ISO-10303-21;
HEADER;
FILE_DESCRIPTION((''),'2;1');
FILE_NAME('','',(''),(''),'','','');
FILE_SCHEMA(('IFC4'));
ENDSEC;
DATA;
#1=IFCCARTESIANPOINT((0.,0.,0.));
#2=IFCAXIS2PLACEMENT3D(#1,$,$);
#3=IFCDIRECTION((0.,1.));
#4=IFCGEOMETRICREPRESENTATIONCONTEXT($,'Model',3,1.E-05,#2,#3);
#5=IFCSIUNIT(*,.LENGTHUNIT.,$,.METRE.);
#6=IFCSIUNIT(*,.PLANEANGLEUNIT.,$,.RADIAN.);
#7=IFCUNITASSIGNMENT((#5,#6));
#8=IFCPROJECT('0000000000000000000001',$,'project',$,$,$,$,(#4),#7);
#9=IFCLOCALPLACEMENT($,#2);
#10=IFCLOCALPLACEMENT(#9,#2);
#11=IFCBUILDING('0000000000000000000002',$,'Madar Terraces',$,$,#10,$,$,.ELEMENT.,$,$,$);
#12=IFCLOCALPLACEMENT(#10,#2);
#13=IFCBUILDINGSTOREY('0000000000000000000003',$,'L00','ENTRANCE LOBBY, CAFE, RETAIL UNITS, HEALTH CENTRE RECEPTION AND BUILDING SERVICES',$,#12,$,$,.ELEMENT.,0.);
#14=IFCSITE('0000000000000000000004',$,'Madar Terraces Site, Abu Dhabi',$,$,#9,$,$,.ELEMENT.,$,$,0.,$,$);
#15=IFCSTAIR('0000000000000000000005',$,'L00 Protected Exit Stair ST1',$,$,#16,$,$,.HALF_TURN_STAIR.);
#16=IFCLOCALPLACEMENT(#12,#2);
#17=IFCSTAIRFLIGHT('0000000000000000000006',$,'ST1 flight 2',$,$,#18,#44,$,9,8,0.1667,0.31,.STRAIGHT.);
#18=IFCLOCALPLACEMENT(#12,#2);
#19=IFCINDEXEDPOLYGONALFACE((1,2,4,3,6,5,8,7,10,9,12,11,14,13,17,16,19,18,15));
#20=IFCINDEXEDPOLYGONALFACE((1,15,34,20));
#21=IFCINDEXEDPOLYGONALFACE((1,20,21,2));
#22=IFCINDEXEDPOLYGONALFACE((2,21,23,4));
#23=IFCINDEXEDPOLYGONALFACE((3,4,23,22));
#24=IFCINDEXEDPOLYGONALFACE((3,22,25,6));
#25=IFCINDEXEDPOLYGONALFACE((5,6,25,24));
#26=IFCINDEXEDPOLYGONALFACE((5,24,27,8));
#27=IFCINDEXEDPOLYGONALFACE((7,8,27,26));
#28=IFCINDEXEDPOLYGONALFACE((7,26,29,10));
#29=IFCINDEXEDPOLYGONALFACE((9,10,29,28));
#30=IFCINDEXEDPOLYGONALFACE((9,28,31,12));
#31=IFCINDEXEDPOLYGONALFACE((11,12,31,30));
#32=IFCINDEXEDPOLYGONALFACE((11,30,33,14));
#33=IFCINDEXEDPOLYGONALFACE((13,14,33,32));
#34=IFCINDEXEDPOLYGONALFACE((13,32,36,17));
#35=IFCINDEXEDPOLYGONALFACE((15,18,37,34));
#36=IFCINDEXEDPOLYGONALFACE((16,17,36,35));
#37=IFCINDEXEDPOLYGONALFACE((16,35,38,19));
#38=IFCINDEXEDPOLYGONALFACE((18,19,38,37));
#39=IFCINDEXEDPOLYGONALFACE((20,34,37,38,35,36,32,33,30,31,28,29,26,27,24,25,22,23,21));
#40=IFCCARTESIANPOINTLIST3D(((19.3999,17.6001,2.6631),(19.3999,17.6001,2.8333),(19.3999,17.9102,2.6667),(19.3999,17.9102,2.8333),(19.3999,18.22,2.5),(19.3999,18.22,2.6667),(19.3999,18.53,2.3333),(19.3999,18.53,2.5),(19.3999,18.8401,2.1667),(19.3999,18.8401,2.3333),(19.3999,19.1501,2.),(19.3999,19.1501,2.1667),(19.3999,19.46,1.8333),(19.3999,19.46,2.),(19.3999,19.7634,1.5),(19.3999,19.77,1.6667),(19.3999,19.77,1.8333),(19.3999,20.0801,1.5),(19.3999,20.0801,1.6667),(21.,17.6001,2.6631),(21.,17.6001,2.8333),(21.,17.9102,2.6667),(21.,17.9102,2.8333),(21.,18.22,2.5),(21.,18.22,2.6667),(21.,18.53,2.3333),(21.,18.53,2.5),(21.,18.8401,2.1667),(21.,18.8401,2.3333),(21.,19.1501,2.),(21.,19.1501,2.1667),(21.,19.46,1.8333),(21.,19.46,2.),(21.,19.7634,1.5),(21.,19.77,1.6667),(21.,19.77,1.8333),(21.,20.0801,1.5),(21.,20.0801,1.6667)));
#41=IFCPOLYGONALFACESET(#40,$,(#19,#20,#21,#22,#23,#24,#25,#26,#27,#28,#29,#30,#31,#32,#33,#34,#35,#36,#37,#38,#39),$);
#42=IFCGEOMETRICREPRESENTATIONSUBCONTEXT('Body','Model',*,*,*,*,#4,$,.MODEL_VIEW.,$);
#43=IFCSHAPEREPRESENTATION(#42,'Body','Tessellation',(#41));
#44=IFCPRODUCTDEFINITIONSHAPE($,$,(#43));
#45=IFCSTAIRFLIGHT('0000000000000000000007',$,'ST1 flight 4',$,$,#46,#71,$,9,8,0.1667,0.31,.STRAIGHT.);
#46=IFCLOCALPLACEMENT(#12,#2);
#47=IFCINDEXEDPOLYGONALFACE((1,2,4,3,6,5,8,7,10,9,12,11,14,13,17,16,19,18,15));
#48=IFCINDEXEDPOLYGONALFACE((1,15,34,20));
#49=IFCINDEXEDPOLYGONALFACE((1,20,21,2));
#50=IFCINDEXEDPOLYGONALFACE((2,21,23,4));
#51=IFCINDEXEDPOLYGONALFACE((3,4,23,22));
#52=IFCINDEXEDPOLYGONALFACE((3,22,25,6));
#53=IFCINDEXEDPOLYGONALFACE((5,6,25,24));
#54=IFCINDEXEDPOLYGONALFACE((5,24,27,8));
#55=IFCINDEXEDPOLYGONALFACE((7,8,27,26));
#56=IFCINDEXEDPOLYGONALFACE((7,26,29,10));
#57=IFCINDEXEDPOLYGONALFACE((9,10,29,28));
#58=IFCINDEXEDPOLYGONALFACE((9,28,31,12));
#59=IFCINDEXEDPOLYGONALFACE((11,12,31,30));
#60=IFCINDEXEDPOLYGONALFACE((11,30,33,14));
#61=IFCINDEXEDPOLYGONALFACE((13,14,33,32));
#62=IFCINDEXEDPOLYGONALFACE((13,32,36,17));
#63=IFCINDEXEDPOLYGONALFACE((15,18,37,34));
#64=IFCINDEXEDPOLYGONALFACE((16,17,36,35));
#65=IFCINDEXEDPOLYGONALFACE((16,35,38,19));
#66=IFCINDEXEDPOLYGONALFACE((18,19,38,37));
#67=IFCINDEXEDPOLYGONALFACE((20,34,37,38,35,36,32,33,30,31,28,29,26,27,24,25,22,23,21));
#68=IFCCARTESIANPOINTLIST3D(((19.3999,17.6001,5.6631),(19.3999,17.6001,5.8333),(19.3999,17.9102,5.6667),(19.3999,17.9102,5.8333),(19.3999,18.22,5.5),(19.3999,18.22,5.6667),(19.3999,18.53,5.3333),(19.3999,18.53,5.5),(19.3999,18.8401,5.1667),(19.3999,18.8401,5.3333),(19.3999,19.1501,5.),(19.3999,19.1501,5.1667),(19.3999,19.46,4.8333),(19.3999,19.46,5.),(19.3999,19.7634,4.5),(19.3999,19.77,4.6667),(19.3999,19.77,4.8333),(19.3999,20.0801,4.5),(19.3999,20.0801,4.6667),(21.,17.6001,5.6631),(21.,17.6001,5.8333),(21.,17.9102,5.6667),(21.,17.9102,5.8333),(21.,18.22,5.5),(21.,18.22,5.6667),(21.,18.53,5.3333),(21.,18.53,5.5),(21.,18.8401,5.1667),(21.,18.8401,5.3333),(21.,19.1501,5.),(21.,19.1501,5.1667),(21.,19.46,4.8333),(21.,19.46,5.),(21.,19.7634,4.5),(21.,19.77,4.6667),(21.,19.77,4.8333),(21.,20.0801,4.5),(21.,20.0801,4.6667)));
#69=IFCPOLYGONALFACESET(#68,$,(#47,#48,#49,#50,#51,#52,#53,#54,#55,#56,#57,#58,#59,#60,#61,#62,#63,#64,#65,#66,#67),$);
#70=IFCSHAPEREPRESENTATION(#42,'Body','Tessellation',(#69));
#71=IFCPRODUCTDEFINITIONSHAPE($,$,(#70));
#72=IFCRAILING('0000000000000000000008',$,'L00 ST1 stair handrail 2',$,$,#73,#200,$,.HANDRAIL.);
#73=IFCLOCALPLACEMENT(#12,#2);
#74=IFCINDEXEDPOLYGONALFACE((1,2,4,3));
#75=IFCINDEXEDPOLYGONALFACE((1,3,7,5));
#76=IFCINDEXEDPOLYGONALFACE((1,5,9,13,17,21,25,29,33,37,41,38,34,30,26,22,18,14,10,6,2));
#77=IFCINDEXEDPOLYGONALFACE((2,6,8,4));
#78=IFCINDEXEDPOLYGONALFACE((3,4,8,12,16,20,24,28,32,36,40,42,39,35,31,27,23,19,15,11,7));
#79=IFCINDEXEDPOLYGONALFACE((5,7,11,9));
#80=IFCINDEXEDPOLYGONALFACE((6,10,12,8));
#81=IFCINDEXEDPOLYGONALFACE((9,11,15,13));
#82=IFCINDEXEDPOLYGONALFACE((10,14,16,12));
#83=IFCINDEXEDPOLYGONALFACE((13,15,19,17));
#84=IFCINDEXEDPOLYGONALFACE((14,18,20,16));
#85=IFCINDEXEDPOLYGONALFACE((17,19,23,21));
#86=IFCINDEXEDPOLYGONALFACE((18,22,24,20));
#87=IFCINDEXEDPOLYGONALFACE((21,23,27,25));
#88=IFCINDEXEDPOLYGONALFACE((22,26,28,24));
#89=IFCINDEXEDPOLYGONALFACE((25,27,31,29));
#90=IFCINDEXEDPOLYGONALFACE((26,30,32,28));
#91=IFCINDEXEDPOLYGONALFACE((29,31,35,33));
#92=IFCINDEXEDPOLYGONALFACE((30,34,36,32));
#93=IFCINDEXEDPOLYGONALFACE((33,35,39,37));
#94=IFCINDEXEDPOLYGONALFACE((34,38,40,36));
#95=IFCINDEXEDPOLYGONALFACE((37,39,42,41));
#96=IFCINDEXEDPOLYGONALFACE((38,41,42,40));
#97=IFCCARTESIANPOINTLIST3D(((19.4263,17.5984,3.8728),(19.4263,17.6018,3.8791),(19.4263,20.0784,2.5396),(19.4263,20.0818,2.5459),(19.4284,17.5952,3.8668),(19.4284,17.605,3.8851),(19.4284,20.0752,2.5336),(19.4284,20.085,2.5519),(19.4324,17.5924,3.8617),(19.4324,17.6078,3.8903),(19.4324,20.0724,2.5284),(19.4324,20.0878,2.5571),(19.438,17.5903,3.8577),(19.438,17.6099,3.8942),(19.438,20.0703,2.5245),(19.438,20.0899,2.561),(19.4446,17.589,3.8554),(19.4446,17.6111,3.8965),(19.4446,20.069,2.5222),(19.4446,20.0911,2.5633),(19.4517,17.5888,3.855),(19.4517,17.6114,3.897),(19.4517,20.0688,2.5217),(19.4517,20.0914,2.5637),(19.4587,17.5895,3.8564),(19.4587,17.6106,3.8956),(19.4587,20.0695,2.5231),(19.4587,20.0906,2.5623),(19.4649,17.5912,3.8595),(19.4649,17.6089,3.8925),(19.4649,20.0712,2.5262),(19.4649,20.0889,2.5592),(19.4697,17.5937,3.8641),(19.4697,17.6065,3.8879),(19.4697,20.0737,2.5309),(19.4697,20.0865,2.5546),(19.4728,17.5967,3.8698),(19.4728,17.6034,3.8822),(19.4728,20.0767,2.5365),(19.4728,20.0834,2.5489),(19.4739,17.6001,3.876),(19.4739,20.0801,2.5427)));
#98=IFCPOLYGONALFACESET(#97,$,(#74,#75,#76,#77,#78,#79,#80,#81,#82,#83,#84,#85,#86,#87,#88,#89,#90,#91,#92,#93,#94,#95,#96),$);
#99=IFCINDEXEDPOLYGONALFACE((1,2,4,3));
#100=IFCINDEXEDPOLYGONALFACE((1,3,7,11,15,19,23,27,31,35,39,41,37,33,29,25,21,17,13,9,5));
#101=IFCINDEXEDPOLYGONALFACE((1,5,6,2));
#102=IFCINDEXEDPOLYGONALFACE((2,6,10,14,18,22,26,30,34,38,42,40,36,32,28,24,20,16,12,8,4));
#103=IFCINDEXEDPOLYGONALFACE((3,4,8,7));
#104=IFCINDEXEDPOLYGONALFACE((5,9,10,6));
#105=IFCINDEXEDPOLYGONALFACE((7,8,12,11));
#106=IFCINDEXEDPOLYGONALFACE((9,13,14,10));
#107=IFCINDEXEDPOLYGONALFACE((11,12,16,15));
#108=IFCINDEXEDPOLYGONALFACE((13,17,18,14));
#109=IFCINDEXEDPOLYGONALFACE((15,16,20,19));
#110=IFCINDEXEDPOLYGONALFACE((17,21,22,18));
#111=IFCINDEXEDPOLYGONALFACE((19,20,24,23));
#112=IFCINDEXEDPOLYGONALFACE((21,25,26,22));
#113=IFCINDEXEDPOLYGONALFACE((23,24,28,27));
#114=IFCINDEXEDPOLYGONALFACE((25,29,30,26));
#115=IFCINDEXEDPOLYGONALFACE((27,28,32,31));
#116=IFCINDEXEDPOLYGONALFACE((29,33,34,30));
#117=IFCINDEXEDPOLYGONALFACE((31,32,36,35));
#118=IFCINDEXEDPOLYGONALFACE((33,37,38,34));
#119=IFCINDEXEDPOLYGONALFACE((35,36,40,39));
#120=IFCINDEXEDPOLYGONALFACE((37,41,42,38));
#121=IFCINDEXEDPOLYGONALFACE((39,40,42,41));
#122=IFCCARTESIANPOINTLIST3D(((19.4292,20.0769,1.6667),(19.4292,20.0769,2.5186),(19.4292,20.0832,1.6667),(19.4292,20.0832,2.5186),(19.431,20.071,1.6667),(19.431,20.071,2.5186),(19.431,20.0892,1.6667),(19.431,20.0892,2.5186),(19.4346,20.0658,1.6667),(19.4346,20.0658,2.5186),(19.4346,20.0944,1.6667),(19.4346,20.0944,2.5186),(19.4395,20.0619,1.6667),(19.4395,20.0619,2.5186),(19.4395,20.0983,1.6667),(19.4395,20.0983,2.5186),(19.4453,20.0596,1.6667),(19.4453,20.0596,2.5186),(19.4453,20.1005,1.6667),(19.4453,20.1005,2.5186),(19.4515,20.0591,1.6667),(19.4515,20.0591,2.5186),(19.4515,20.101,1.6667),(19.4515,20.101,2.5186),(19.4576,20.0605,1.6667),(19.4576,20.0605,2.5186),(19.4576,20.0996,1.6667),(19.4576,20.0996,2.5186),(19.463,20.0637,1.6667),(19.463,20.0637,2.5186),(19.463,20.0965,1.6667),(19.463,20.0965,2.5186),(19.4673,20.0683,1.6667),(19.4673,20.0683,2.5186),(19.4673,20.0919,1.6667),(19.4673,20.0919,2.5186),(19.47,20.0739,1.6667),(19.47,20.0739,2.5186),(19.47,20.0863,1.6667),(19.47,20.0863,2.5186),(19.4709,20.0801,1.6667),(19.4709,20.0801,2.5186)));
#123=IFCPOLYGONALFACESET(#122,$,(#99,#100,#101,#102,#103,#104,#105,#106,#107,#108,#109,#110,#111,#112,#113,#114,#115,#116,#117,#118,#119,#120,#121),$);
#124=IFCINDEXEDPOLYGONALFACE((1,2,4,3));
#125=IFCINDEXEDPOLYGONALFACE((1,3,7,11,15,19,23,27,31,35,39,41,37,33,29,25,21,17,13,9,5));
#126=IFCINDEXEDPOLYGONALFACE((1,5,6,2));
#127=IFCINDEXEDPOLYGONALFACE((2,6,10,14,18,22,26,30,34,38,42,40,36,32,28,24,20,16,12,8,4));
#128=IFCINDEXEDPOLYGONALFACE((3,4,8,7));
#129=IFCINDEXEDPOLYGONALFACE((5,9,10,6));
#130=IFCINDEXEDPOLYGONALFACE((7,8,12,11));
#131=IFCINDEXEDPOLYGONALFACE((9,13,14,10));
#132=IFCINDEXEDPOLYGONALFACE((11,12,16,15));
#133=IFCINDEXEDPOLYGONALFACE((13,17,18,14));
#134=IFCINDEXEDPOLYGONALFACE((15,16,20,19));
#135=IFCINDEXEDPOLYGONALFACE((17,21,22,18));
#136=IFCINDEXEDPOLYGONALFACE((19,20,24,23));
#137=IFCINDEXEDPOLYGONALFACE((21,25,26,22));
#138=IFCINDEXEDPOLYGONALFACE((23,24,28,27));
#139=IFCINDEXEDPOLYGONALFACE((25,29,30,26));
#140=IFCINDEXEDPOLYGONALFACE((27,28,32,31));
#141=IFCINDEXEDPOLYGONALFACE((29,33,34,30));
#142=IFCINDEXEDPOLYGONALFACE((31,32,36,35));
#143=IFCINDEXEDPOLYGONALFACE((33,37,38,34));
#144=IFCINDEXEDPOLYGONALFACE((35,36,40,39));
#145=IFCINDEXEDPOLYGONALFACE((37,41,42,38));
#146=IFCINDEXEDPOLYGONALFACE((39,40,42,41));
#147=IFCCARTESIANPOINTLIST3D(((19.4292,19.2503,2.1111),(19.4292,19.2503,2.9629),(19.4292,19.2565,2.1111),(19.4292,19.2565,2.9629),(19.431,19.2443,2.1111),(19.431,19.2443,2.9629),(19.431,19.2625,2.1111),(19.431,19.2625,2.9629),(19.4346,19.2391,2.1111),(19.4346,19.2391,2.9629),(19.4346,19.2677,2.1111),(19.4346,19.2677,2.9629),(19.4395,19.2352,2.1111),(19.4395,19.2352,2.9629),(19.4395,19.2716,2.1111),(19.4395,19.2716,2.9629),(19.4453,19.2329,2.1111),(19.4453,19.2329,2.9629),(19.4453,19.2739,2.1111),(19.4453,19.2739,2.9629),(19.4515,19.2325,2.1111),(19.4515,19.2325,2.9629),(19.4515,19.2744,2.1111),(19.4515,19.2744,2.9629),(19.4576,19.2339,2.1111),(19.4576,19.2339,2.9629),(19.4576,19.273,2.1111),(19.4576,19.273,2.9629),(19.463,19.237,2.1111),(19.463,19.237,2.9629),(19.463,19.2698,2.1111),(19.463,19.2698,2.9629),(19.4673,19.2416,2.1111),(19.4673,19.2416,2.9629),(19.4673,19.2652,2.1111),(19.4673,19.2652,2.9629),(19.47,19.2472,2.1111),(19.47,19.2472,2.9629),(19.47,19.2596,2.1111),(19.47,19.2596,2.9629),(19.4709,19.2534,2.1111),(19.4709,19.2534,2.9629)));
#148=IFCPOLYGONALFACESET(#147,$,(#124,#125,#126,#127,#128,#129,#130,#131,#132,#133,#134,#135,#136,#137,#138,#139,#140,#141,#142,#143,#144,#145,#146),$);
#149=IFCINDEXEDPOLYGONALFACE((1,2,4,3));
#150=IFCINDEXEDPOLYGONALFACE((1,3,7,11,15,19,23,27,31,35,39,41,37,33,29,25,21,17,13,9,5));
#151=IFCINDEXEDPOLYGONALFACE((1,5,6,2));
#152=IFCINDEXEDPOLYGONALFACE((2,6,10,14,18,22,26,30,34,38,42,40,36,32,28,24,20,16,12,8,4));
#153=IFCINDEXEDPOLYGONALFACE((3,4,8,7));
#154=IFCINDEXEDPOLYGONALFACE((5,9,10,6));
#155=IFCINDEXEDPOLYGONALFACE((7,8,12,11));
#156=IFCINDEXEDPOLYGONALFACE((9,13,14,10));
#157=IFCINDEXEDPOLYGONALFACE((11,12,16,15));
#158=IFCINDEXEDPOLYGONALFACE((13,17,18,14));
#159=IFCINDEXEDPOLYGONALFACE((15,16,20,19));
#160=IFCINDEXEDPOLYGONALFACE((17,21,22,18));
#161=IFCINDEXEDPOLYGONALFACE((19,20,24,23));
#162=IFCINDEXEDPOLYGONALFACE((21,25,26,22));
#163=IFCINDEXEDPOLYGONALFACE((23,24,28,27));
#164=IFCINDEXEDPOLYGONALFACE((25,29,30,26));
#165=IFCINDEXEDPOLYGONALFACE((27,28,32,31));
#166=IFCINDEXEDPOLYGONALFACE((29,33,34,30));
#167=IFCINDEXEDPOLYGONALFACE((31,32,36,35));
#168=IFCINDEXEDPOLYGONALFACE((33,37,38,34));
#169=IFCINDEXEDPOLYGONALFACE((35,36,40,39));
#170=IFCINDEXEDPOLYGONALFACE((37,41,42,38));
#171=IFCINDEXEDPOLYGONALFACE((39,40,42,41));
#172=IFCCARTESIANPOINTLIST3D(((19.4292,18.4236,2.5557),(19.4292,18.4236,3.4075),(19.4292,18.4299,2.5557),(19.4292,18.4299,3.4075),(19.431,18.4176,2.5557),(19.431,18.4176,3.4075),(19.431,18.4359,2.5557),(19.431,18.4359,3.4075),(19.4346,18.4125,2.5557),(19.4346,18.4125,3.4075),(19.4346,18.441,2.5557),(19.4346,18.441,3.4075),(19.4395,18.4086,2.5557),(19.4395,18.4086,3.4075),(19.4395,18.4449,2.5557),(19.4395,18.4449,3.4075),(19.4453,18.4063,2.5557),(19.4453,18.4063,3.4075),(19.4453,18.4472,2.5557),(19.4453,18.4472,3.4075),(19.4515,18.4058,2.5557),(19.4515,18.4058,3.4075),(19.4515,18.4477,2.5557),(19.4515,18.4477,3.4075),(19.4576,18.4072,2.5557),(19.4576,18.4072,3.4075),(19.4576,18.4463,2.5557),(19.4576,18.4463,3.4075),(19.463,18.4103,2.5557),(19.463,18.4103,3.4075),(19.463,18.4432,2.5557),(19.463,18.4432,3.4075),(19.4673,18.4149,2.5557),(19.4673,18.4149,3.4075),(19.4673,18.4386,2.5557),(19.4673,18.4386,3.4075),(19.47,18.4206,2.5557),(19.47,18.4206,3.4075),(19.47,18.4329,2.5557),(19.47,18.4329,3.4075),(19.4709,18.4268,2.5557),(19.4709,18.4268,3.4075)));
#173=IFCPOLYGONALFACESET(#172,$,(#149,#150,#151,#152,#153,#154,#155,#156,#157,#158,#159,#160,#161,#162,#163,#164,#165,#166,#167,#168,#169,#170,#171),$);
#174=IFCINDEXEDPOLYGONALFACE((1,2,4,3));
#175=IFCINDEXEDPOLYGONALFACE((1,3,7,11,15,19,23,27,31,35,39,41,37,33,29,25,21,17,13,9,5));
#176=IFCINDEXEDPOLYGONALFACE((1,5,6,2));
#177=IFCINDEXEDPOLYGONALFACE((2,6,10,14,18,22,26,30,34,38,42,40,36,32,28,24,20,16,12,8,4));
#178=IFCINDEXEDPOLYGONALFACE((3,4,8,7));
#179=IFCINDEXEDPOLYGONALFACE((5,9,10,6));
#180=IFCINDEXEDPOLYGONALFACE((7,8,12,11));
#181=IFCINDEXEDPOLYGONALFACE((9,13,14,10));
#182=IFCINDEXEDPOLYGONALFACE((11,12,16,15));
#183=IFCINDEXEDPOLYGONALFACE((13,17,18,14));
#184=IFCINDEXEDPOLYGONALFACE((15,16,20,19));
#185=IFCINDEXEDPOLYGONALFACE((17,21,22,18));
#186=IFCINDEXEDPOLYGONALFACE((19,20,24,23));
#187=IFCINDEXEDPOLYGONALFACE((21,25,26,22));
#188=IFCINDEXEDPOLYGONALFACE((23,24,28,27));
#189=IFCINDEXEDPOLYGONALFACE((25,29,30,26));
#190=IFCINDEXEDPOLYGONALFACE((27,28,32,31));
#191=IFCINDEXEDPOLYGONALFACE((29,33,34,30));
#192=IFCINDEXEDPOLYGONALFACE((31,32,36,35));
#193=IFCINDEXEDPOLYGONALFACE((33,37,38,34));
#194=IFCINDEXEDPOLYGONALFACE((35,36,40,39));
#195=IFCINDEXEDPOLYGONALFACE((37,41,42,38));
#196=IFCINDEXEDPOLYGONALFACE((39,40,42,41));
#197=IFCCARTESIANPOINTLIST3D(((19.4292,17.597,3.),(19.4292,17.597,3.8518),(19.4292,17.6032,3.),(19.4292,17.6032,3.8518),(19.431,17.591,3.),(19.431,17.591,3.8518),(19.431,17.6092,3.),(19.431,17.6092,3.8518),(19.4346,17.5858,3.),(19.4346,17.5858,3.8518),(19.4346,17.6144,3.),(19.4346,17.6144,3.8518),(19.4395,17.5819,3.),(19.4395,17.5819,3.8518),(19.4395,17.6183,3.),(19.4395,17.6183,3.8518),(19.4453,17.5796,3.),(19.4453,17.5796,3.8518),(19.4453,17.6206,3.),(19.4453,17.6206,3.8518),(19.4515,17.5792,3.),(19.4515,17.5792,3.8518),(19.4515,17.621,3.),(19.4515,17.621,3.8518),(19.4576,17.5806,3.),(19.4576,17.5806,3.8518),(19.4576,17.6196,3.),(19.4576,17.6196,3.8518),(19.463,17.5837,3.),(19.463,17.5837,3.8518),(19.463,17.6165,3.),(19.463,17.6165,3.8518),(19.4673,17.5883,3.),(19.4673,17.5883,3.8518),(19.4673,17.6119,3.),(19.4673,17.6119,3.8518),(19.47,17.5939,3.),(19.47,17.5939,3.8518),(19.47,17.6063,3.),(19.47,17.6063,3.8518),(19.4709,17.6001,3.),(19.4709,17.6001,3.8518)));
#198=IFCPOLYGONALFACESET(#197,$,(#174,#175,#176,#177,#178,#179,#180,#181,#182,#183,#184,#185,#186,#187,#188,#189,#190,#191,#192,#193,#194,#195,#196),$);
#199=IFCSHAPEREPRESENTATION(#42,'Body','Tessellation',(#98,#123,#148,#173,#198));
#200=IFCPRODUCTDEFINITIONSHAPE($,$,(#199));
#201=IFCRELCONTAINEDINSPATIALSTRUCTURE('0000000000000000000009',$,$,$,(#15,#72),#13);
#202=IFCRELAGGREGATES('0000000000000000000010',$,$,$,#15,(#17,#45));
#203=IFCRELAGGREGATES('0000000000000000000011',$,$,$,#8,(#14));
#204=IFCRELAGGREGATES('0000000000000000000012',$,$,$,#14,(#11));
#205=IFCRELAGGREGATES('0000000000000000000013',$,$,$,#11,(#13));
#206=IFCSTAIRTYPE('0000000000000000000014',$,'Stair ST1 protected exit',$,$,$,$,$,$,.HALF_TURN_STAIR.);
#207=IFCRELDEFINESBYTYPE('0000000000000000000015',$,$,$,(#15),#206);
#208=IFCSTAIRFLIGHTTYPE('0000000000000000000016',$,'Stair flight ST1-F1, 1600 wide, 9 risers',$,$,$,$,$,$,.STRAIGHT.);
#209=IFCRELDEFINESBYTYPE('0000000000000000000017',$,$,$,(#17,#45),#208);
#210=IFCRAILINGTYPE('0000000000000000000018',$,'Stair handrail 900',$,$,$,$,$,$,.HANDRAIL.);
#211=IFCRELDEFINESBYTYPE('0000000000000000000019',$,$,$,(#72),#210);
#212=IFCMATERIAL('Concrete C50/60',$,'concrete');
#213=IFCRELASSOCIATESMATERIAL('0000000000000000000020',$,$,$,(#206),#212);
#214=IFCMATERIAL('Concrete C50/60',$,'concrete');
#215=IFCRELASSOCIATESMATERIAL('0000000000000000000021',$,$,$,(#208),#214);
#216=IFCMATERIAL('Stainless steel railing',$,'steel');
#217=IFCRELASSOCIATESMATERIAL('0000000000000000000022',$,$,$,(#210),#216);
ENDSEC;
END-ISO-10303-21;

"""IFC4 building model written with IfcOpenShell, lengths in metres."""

from ifc_helpers import new_model, si_unit, direction, frame, origin, origin_2d, place, context, subcontext, project, spatial, polyline, circle, outline, extrude, material, type_object, element, aggregate, save


model = new_model("IFC4")

# Units and contexts
model_context = context("Model", 3, precision=1e-05, world=origin(), true_north=direction((0.0, 1.0)))
body_context = subcontext(model_context, "Body", "Model", "MODEL_VIEW")
ifc_project = project(units=[si_unit("LENGTHUNIT", "METRE"), si_unit("PLANEANGLEUNIT", "RADIAN")], contexts=[model_context])

# Site, building, storey
site_placement = place(None, origin())
site = spatial("IfcSite", under=ifc_project, at=site_placement, Name="Madar Terraces Site, Abu Dhabi", CompositionType="ELEMENT", RefElevation=0.0)
building_placement = place(site_placement, origin())
building = spatial("IfcBuilding", under=site, at=building_placement, Name="Madar Terraces", CompositionType="ELEMENT")
storey_placement = place(building_placement, origin())
storey = spatial("IfcBuildingStorey", under=building, at=storey_placement, Name="L00", Description="ENTRANCE LOBBY, CAFE, RETAIL UNITS, HEALTH CENTRE RECEPTION AND BUILDING SERVICES", CompositionType="ELEMENT", Elevation=0.0)

# Stair, stair flights
ifc_material_1 = material(Name="Concrete C50/60", Category="concrete")
stair_type = type_object("IfcStairType", Name="Stair ST1 protected exit", PredefinedType="HALF_TURN_STAIR", material=ifc_material_1)
stair_placement = place(storey_placement, origin())
stair = element("IfcStair", 1, at=stair_placement, inside=storey, type_object=stair_type, Name="L00 Protected Exit Stair ST1", PredefinedType="HALF_TURN_STAIR")
ifc_material_2 = material(Name="Concrete C50/60", Category="concrete")
stair_flight_type = type_object("IfcStairFlightType", Name="Stair flight ST1-F1, 1600 wide, 9 risers", PredefinedType="STRAIGHT", material=ifc_material_2)
stair_flight_1_placement = place(storey_placement, frame((20.2, 20.0801, 1.5), z_axis=(0.0, 0.0, 1.0), x_axis=(0.0, -1.0, 0.0)))
stair_flight_1 = element("IfcStairFlight", 2, at=stair_flight_1_placement, type_object=stair_flight_type, Name="ST1 flight 2", NumberOfRisers=9, NumberOfTreads=8, PredefinedType="STRAIGHT", RiserHeight=0.1667, TreadLength=0.31, context=body_context, shape_type="SweptSolid", body=[
    extrude(outline(polyline([(0.0, 0.0), (0.0, 0.1667), (0.3101, 0.1667), (0.3101, 0.3333), (0.6201, 0.3333), (0.6201, 0.5), (0.9299, 0.5), (0.9299, 0.6667), (1.24, 0.6667), (1.24, 0.8333), (1.55, 0.8333), (1.55, 1.0), (1.8601, 1.0), (1.8601, 1.1667), (2.1699, 1.1667), (2.1699, 1.3333), (2.48, 1.3333), (2.48, 1.5), (2.48, 1.1631), (0.3167, 0.0), (0.0, 0.0)])), frame((0.0, 0.8, 0.0), z_axis=(0.0, -1.0, 0.0), x_axis=(1.0, 0.0, 0.0)), (0.0, 0.0, 1.0), 1.6001),
])
stair_flight_2_placement = place(storey_placement, frame((20.2, 20.0801, 4.5), z_axis=(0.0, 0.0, 1.0), x_axis=(0.0, -1.0, 0.0)))
stair_flight_2 = element("IfcStairFlight", 3, at=stair_flight_2_placement, type_object=stair_flight_type, Name="ST1 flight 4", NumberOfRisers=9, NumberOfTreads=8, PredefinedType="STRAIGHT", RiserHeight=0.1667, TreadLength=0.31, context=body_context, shape_type="SweptSolid", body=[
    extrude(outline(polyline([(0.0, 0.0), (0.0, 0.1667), (0.3101, 0.1667), (0.3101, 0.3333), (0.6201, 0.3333), (0.6201, 0.5), (0.9299, 0.5), (0.9299, 0.6667), (1.24, 0.6667), (1.24, 0.8333), (1.55, 0.8333), (1.55, 1.0), (1.8601, 1.0), (1.8601, 1.1667), (2.1699, 1.1667), (2.1699, 1.3333), (2.48, 1.3333), (2.48, 1.5), (2.48, 1.1631), (0.3167, 0.0), (0.0, 0.0)])), frame((0.0, 0.8, 0.0), z_axis=(0.0, -1.0, 0.0), x_axis=(1.0, 0.0, 0.0)), (0.0, 0.0, 1.0), 1.6001),
])
aggregate(stair, [stair_flight_1, stair_flight_2])

# Railing
ifc_material_3 = material(Name="Stainless steel railing", Category="steel")
railing_type = type_object("IfcRailingType", Name="Stair handrail 900", PredefinedType="HANDRAIL", material=ifc_material_3)
for number, where, name in (
    (4, (19.45, 20.0801, 1.6667), "L00 ST1 stair handrail 2"),
):
    element("IfcRailing", number, at=place(storey_placement, frame(where)), inside=storey, type_object=railing_type, Name=name, PredefinedType="HANDRAIL", context=body_context, shape_type="SweptSolid", body=[
        extrude(circle(Radius=0.0239, at=origin_2d()), frame((0.0, 0.0, 0.876), z_axis=(0.0, -0.880786, 0.473515), x_axis=(1.0, 0.0, 0.0)), (0.0, 0.0, 1.0), 2.8157),
        extrude(circle(Radius=0.021, at=origin_2d()), origin(), (0.0, 0.0, 1.0), 0.8518),
        extrude(circle(Radius=0.021, at=origin_2d()), frame((0.0, -0.8267, 0.4443)), (0.0, 0.0, 1.0), 0.8518),
        extrude(circle(Radius=0.021, at=origin_2d()), frame((0.0, -1.6533, 0.8889)), (0.0, 0.0, 1.0), 0.8518),
        extrude(circle(Radius=0.021, at=origin_2d()), frame((0.0, -2.48, 1.3333)), (0.0, 0.0, 1.0), 0.8518),
    ])

save(model, "model.ifc")
